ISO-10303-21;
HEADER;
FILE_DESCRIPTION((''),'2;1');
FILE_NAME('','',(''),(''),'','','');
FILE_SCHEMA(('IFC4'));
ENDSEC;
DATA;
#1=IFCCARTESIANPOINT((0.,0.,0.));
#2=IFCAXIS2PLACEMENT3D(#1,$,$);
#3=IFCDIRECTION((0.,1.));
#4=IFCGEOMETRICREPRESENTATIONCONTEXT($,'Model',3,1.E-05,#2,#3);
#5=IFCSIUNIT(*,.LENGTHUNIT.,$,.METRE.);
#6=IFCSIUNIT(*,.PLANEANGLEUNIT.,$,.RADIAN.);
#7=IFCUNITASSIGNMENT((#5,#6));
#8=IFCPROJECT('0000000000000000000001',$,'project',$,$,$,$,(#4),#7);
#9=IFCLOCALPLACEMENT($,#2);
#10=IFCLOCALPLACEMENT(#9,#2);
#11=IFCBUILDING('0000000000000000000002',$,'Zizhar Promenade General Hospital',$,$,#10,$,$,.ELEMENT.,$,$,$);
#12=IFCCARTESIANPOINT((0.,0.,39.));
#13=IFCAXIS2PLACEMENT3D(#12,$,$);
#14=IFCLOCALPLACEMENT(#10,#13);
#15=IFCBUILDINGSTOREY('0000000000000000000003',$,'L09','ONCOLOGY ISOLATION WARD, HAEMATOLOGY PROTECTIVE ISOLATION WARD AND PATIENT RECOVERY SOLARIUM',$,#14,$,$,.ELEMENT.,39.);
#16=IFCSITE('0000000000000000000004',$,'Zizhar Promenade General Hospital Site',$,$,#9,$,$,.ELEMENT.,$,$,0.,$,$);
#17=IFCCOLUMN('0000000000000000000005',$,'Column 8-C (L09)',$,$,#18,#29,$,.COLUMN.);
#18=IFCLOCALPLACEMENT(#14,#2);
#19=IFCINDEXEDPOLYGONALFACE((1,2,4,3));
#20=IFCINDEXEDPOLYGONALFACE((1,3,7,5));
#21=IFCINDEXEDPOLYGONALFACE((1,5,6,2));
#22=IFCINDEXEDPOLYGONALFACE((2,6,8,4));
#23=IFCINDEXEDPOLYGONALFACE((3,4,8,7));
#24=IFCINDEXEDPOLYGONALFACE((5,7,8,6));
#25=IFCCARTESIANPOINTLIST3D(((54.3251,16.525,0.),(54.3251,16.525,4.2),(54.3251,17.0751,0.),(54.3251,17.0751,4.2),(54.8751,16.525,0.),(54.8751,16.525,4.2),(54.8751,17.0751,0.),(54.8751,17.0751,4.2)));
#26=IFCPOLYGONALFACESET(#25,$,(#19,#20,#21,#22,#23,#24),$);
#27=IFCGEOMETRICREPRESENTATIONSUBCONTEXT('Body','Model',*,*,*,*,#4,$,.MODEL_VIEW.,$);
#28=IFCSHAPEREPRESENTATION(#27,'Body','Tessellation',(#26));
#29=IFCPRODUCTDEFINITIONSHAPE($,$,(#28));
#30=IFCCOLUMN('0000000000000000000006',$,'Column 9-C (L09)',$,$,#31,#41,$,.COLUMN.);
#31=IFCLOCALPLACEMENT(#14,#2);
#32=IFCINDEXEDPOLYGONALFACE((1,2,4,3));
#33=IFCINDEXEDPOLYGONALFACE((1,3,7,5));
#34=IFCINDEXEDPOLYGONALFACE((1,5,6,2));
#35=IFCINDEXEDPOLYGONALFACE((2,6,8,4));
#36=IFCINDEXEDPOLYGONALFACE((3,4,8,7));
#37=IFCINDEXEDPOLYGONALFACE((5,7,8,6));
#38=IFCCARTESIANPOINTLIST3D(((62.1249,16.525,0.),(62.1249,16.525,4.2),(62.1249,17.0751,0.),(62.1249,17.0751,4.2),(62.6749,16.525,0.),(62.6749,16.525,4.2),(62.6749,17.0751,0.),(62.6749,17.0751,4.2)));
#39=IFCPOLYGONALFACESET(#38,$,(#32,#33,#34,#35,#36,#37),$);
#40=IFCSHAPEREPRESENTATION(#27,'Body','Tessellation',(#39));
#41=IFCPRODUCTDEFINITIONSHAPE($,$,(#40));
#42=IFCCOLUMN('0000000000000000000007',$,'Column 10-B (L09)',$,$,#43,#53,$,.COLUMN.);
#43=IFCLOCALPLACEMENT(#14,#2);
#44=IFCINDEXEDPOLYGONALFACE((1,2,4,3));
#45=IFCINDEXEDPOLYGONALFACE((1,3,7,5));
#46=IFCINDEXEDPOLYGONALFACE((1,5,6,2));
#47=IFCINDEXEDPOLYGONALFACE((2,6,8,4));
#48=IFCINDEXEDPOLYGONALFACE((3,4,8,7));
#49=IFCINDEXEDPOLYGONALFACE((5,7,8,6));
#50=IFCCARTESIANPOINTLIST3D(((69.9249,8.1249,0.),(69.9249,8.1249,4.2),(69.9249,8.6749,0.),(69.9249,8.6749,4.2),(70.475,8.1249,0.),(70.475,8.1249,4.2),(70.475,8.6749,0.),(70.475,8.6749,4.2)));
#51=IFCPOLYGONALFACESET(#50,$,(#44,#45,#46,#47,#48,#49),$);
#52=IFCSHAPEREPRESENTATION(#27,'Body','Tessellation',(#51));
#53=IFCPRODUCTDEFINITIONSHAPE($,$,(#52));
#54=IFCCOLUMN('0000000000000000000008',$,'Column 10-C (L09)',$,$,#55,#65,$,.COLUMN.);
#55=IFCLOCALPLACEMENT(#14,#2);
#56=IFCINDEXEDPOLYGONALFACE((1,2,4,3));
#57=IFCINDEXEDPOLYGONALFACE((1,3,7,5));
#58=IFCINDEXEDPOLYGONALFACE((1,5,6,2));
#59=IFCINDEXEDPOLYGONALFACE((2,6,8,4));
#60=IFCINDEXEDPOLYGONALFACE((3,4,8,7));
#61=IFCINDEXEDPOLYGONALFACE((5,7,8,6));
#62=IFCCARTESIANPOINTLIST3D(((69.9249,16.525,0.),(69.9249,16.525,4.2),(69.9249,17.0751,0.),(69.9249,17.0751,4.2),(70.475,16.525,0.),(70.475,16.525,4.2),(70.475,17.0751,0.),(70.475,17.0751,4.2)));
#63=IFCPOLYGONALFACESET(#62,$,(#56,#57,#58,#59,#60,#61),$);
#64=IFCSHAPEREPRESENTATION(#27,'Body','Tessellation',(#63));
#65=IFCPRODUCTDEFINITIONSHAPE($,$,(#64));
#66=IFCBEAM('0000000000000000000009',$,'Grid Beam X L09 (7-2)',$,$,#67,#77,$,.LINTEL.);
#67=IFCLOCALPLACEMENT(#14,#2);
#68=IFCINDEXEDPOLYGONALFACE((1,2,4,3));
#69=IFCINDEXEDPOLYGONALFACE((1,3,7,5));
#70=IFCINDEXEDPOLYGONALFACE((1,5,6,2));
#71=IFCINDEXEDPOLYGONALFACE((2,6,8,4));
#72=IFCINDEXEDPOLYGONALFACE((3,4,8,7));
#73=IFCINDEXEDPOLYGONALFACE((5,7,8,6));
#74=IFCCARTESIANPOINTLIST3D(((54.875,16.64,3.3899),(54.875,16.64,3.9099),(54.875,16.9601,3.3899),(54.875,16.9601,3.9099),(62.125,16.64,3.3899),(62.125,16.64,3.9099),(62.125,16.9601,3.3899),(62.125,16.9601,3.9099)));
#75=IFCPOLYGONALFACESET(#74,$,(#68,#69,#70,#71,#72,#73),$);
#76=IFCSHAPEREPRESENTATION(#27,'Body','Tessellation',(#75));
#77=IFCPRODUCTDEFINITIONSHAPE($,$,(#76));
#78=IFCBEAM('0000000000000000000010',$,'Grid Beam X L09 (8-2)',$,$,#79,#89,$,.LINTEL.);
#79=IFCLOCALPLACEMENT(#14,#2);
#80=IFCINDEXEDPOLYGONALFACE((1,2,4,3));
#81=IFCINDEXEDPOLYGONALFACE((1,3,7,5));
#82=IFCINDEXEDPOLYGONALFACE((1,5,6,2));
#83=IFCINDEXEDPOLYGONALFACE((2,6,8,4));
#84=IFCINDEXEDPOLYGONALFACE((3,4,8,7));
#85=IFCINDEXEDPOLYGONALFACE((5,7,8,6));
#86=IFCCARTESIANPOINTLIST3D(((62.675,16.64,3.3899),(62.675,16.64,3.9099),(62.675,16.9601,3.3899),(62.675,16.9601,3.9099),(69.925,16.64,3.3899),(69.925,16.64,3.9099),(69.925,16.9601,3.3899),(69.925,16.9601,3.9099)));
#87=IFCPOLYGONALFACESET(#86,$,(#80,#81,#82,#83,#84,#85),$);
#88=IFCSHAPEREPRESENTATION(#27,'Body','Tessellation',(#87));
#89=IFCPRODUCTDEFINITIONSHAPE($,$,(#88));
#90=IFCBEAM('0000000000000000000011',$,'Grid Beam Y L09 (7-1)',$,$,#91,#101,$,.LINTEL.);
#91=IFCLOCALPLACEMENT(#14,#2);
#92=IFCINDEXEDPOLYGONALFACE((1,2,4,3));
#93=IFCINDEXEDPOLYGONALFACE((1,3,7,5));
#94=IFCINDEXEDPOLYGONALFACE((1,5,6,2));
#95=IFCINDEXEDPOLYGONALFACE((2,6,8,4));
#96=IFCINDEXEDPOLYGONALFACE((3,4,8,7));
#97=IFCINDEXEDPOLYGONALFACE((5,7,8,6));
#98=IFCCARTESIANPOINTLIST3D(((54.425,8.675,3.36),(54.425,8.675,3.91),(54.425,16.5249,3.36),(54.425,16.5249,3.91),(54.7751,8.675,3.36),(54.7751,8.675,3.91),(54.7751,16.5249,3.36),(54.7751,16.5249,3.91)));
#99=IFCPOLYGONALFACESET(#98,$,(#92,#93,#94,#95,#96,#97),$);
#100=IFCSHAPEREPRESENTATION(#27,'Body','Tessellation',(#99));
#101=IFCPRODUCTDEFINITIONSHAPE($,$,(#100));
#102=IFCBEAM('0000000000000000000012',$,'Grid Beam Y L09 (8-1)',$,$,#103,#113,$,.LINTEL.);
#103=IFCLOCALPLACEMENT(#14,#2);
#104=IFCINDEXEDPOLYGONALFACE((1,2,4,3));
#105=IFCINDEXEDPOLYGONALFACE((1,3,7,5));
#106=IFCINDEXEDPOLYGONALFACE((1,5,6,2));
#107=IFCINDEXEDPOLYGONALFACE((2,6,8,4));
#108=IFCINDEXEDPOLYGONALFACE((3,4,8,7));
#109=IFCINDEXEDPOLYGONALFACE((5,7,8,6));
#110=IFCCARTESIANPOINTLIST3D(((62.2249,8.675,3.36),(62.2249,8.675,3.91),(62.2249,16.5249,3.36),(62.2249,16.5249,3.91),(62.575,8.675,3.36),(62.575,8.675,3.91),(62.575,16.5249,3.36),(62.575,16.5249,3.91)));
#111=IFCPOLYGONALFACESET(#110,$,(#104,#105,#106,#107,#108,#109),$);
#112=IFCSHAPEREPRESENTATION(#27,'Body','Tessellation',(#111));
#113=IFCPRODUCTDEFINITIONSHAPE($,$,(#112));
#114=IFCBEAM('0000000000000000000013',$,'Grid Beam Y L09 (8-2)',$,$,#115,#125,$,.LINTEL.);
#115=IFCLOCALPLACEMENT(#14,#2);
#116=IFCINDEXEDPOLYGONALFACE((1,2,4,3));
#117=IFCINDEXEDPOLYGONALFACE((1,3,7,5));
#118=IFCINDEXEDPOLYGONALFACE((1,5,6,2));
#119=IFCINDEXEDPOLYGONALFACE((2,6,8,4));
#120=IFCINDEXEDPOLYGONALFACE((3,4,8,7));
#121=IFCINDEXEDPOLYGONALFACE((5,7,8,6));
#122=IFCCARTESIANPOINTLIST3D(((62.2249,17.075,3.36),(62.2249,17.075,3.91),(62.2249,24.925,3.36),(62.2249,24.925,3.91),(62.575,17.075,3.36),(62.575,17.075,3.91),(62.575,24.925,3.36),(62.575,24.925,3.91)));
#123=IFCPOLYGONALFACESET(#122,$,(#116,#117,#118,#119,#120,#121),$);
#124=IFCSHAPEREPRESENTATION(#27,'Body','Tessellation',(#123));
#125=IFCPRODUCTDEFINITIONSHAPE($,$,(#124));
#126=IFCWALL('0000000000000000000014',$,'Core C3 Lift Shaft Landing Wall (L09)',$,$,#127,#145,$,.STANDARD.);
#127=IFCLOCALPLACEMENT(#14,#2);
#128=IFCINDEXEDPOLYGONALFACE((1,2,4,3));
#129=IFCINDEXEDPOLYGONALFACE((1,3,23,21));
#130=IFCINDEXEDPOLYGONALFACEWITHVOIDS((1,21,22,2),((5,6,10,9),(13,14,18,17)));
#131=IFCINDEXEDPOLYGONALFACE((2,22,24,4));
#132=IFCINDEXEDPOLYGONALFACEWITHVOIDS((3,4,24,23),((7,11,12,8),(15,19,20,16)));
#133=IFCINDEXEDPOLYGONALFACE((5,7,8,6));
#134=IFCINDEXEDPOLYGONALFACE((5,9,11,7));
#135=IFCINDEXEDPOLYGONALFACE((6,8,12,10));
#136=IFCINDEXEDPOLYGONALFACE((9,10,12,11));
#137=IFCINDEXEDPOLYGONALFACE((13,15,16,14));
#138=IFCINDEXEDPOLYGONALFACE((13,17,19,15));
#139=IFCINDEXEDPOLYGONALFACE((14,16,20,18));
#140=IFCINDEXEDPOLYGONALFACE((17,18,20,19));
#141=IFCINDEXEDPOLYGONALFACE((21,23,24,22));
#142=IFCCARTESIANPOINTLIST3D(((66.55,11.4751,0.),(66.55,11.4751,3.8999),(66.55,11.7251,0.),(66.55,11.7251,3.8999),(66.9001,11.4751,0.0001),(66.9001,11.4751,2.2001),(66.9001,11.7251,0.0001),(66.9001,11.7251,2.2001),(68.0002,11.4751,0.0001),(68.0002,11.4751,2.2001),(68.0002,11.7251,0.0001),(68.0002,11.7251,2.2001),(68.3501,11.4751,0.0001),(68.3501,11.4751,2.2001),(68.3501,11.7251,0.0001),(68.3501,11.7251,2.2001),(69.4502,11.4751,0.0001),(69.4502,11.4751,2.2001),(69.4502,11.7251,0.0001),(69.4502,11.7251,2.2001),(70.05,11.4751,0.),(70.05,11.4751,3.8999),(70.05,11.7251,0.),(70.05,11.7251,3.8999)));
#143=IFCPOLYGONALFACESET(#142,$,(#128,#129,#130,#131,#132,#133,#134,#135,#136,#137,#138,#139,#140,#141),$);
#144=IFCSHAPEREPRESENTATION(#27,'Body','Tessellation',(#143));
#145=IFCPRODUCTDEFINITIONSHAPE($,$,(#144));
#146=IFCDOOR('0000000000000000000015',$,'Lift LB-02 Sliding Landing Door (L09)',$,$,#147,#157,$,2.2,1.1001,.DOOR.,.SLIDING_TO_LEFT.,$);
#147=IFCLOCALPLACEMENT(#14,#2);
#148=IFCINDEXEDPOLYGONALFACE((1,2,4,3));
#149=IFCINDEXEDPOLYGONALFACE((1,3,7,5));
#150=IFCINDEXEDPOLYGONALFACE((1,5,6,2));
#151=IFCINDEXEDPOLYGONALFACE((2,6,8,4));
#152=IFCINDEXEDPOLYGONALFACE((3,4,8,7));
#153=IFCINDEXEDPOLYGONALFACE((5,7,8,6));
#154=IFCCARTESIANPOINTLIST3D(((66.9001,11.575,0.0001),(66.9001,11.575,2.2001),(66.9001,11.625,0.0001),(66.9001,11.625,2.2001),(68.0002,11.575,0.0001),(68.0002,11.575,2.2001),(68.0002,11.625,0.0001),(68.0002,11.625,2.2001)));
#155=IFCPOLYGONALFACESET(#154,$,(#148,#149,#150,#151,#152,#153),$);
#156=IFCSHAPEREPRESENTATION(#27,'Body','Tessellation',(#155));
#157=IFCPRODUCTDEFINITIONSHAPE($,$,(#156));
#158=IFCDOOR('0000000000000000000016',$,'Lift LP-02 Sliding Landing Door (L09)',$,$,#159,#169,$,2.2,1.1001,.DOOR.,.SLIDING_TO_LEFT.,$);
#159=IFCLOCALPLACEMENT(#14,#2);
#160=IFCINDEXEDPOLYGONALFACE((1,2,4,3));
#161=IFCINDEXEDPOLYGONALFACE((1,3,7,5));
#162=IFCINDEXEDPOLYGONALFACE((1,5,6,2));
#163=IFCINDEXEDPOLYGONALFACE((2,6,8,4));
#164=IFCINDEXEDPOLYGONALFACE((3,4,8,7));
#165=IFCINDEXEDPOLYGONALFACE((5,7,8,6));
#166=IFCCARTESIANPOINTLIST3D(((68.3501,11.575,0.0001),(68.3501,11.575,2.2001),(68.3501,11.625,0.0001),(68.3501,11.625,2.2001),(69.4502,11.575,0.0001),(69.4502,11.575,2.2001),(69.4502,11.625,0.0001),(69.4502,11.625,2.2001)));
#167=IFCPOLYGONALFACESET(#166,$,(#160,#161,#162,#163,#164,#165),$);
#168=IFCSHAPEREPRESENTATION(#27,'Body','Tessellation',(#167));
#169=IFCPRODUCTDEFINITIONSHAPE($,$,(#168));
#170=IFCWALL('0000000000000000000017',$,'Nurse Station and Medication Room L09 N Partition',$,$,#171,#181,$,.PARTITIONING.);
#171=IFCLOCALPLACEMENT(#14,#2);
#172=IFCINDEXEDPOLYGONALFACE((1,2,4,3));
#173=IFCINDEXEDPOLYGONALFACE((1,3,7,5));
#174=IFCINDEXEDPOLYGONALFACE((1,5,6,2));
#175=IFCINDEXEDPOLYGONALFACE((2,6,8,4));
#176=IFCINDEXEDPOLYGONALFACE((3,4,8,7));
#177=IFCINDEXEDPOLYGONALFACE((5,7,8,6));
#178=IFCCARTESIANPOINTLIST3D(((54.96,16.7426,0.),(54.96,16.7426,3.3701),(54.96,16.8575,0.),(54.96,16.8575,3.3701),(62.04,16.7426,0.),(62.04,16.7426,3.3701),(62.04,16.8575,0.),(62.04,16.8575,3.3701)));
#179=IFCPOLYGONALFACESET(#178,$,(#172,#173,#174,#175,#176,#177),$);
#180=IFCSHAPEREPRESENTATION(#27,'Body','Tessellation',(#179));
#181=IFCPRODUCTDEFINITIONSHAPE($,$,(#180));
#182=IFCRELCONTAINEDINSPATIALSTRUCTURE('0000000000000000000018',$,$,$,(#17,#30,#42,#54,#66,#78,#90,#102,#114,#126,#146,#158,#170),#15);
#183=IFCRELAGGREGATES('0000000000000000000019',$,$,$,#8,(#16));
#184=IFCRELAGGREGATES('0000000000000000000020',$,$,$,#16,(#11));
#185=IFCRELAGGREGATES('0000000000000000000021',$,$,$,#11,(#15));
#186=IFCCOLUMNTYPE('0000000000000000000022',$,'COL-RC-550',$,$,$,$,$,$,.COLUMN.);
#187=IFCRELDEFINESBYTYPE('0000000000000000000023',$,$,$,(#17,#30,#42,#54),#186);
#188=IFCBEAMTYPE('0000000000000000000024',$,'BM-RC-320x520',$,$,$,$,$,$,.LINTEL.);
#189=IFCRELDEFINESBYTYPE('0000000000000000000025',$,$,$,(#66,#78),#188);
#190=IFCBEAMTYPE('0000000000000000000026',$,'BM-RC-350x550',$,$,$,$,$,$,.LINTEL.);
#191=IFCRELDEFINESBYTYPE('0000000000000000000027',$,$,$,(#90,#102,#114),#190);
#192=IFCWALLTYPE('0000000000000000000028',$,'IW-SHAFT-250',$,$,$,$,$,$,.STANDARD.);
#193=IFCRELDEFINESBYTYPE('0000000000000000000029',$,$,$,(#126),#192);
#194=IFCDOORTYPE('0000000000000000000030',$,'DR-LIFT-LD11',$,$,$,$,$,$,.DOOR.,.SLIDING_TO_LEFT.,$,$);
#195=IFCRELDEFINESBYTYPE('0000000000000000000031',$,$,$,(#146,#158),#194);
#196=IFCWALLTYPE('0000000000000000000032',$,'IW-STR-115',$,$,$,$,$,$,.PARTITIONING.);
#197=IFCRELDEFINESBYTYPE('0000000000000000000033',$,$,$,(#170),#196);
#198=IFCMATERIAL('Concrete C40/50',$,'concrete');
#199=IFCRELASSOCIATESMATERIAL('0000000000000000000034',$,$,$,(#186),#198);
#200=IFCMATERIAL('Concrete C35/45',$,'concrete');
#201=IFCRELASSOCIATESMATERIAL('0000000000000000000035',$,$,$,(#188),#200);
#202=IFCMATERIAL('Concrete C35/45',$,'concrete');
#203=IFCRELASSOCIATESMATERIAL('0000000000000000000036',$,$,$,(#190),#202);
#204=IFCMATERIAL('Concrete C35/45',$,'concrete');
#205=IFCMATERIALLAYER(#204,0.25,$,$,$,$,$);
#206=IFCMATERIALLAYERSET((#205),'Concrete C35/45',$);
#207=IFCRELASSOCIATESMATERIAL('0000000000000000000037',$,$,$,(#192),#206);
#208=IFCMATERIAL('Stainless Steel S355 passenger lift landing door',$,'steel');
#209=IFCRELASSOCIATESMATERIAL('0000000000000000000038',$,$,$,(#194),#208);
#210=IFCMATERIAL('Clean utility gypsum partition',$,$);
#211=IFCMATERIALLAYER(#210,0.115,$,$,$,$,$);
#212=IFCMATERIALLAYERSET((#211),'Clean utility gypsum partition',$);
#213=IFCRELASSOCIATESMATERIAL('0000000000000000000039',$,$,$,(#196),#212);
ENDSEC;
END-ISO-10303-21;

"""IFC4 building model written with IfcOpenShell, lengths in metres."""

from ifc_helpers import new_model, si_unit, direction, frame, frame_2d, origin, origin_2d, place, context, subcontext, project, spatial, rectangle, extrude, material, layer, layer_set, material_profile, profile_set, type_object, element, fill, save


model = new_model("IFC4")

# Units and contexts
model_context = context("Model", 3, precision=1e-05, world=origin(), true_north=direction((0.0, 1.0)))
body_context = subcontext(model_context, "Body", "Model", "MODEL_VIEW")
ifc_project = project(units=[si_unit("LENGTHUNIT", "METRE"), si_unit("PLANEANGLEUNIT", "RADIAN")], contexts=[model_context])

# Site, building, storey
site_placement = place(None, origin())
site = spatial("IfcSite", under=ifc_project, at=site_placement, Name="Zizhar Promenade General Hospital Site", CompositionType="ELEMENT", RefElevation=0.0)
building_placement = place(site_placement, origin())
building = spatial("IfcBuilding", under=site, at=building_placement, Name="Zizhar Promenade General Hospital", CompositionType="ELEMENT")
storey_placement = place(building_placement, frame((0.0, 0.0, 39.0)))
storey = spatial("IfcBuildingStorey", under=building, at=storey_placement, Name="L09", Description="ONCOLOGY ISOLATION WARD, HAEMATOLOGY PROTECTIVE ISOLATION WARD AND PATIENT RECOVERY SOLARIUM", CompositionType="ELEMENT", Elevation=39.0)

# Columns
ifc_material_1 = material(Name="Concrete C40/50", Category="concrete")
ifc_material_profile_1 = material_profile(ifc_material_1, rectangle(XDim=0.55, YDim=0.55, at=origin_2d()))
ifc_profile_set_1 = profile_set([ifc_material_profile_1], Name="Concrete C40/50")
column_type = type_object("IfcColumnType", Name="COL-RC-550", PredefinedType="COLUMN", material=ifc_profile_set_1)
for number, where, z_axis, x_axis, name in (
    (1, (54.6001, 16.8, 0.0), (0.0, 0.0, 1.0), (1.0, 0.0, 0.0), "Column 8-C (L09)"),
    (2, (62.3999, 16.8, 0.0), (0.0, 0.0, 1.0), (1.0, 0.0, 0.0), "Column 9-C (L09)"),
    (3, (70.2, 8.3999, 0.0), (0.0, 0.0, 1.0), (1.0, 0.0, 0.0), "Column 10-B (L09)"),
    (4, (70.2, 16.8, 0.0), (0.0, 0.0, 1.0), (1.0, 0.0, 0.0), "Column 10-C (L09)"),
):
    element("IfcColumn", number, at=place(storey_placement, frame(where, z_axis=z_axis, x_axis=x_axis)), inside=storey, type_object=column_type, Name=name, PredefinedType="COLUMN", context=body_context, shape_type="SweptSolid", body=[
        extrude(rectangle(XDim=0.55, YDim=0.55, at=origin_2d()), origin(), (0.0, 0.0, 1.0), 4.2),
    ])

# Beams
ifc_material_2 = material(Name="Concrete C35/45", Category="concrete")
ifc_material_profile_2 = material_profile(ifc_material_2, rectangle(XDim=0.3201, YDim=0.52, at=origin_2d()))
ifc_profile_set_2 = profile_set([ifc_material_profile_2], Name="Concrete C35/45")
beam_type_1 = type_object("IfcBeamType", Name="BM-RC-320x520", PredefinedType="LINTEL", material=ifc_profile_set_2)
for number, where, z_axis, x_axis, name in (
    (5, (54.875, 16.8, 3.6499), (1.0, 0.0, 0.0), (0.0, 1.0, 0.0), "Grid Beam X L09 (7-2)"),
    (6, (62.675, 16.8, 3.6499), (1.0, 0.0, 0.0), (0.0, 1.0, 0.0), "Grid Beam X L09 (8-2)"),
):
    element("IfcBeam", number, at=place(storey_placement, frame(where, z_axis=z_axis, x_axis=x_axis)), inside=storey, type_object=beam_type_1, Name=name, PredefinedType="LINTEL", context=body_context, shape_type="SweptSolid", body=[
        extrude(rectangle(XDim=0.3201, YDim=0.52, at=origin_2d()), origin(), (0.0, 0.0, 1.0), 7.25),
    ])
ifc_material_3 = material(Name="Concrete C35/45", Category="concrete")
ifc_material_profile_3 = material_profile(ifc_material_3, rectangle(XDim=0.3501, YDim=0.55, at=origin_2d()))
ifc_profile_set_3 = profile_set([ifc_material_profile_3], Name="Concrete C35/45")
beam_type_2 = type_object("IfcBeamType", Name="BM-RC-350x550", PredefinedType="LINTEL", material=ifc_profile_set_3)
for number, where, z_axis, x_axis, name in (
    (7, (54.6001, 8.675, 3.635), (0.0, 1.0, 0.0), (-1.0, 0.0, 0.0), "Grid Beam Y L09 (7-1)"),
    (8, (62.3999, 8.675, 3.635), (0.0, 1.0, 0.0), (-1.0, 0.0, 0.0), "Grid Beam Y L09 (8-1)"),
):
    element("IfcBeam", number, at=place(storey_placement, frame(where, z_axis=z_axis, x_axis=x_axis)), inside=storey, type_object=beam_type_2, Name=name, PredefinedType="LINTEL", context=body_context, shape_type="SweptSolid", body=[
        extrude(rectangle(XDim=0.3501, YDim=0.55, at=origin_2d()), origin(), (0.0, 0.0, 1.0), 7.8499),
    ])
beam_placement = place(storey_placement, frame((62.3999, 17.075, 3.635), z_axis=(0.0, 1.0, 0.0), x_axis=(-1.0, 0.0, 0.0)))
element("IfcBeam", 9, at=beam_placement, inside=storey, type_object=beam_type_2, Name="Grid Beam Y L09 (8-2)", PredefinedType="LINTEL", context=body_context, shape_type="SweptSolid", body=[
    extrude(rectangle(XDim=0.3501, YDim=0.55, at=origin_2d()), origin(), (0.0, 0.0, 1.0), 7.8501),
])

# Wall, openings, doors
ifc_material_4 = material(Name="Concrete C35/45", Category="concrete")
ifc_layer_1 = layer(ifc_material_4, 0.25)
ifc_layer_set_1 = layer_set([ifc_layer_1], Name="Concrete C35/45")
wall_type_1 = type_object("IfcWallType", Name="IW-SHAFT-250", PredefinedType="STANDARD", material=ifc_layer_set_1)
wall_1_placement = place(storey_placement, frame((66.55, 11.6001, 0.0), z_axis=(0.0, 0.0, 1.0), x_axis=(1.0, 0.0, 0.0)))
wall_1 = element("IfcWall", 10, at=wall_1_placement, inside=storey, type_object=wall_type_1, Name="Core C3 Lift Shaft Landing Wall (L09)", PredefinedType="STANDARD", context=body_context, shape_type="SweptSolid", body=[
    extrude(rectangle(XDim=3.5, YDim=0.25, at=frame_2d((1.75, 0.0))), origin(), (0.0, 0.0, 1.0), 3.8999),
])
opening_1_placement = place(wall_1_placement, frame((0.3501, 0.0, 0.0)))
opening_1 = element("IfcOpeningElement", 11, at=opening_1_placement, cuts=wall_1, PredefinedType="OPENING", context=body_context, shape_type="SweptSolid", body=[
    extrude(rectangle(XDim=1.1001, YDim=2.2, at=frame_2d((0.55, 1.1001))), frame((0.0, 0.135, 0.0), z_axis=(0.0, -1.0, 0.0), x_axis=(1.0, 0.0, 0.0)), (0.0, 0.0, 1.0), 0.27),
])
opening_2_placement = place(wall_1_placement, frame((1.8, 0.0, 0.0)))
opening_2 = element("IfcOpeningElement", 12, at=opening_2_placement, cuts=wall_1, PredefinedType="OPENING", context=body_context, shape_type="SweptSolid", body=[
    extrude(rectangle(XDim=1.1001, YDim=2.2, at=frame_2d((0.55, 1.1001))), frame((0.0, 0.135, 0.0), z_axis=(0.0, -1.0, 0.0), x_axis=(1.0, 0.0, 0.0)), (0.0, 0.0, 1.0), 0.27),
])
ifc_material_5 = material(Name="Stainless Steel S355 passenger lift landing door", Category="steel")
door_type_1 = type_object("IfcDoorType", Name="DR-LIFT-LD11", OperationType="SLIDING_TO_LEFT", PredefinedType="DOOR", material=ifc_material_5)
door_1_placement = place(opening_1_placement, origin())
door_1 = element("IfcDoor", 13, at=door_1_placement, inside=storey, type_object=door_type_1, Name="Lift LB-02 Sliding Landing Door (L09)", OperationType="SLIDING_TO_LEFT", OverallHeight=2.2, OverallWidth=1.1001, PredefinedType="DOOR", context=body_context, shape_type="SweptSolid", body=[
    extrude(rectangle(XDim=1.1001, YDim=2.2, at=frame_2d((0.55, 1.1001))), frame((0.0, 0.0249, 0.0), z_axis=(0.0, -1.0, 0.0), x_axis=(1.0, 0.0, 0.0)), (0.0, 0.0, 1.0), 0.05),
])
fill(opening_1, door_1)
door_2_placement = place(opening_2_placement, origin())
door_2 = element("IfcDoor", 14, at=door_2_placement, inside=storey, type_object=door_type_1, Name="Lift LP-02 Sliding Landing Door (L09)", OperationType="SLIDING_TO_LEFT", OverallHeight=2.2, OverallWidth=1.1001, PredefinedType="DOOR", context=body_context, shape_type="SweptSolid", body=[
    extrude(rectangle(XDim=1.1001, YDim=2.2, at=frame_2d((0.55, 1.1001))), frame((0.0, 0.0249, 0.0), z_axis=(0.0, -1.0, 0.0), x_axis=(1.0, 0.0, 0.0)), (0.0, 0.0, 1.0), 0.05),
])
fill(opening_2, door_2)

# Wall
ifc_material_6 = material(Name="Clean utility gypsum partition")
ifc_layer_2 = layer(ifc_material_6, 0.115)
ifc_layer_set_2 = layer_set([ifc_layer_2], Name="Clean utility gypsum partition")
wall_type_2 = type_object("IfcWallType", Name="IW-STR-115", PredefinedType="PARTITIONING", material=ifc_layer_set_2)
wall_2_placement = place(storey_placement, frame((54.96, 16.8, 0.0), z_axis=(0.0, 0.0, 1.0), x_axis=(1.0, 0.0, 0.0)))
element("IfcWall", 15, at=wall_2_placement, inside=storey, type_object=wall_type_2, Name="Nurse Station and Medication Room L09 N Partition", PredefinedType="PARTITIONING", context=body_context, shape_type="SweptSolid", body=[
    extrude(rectangle(XDim=7.0801, YDim=0.115, at=frame_2d((3.54, 0.0))), origin(), (0.0, 0.0, 1.0), 3.3701),
])

save(model, "model.ifc")
